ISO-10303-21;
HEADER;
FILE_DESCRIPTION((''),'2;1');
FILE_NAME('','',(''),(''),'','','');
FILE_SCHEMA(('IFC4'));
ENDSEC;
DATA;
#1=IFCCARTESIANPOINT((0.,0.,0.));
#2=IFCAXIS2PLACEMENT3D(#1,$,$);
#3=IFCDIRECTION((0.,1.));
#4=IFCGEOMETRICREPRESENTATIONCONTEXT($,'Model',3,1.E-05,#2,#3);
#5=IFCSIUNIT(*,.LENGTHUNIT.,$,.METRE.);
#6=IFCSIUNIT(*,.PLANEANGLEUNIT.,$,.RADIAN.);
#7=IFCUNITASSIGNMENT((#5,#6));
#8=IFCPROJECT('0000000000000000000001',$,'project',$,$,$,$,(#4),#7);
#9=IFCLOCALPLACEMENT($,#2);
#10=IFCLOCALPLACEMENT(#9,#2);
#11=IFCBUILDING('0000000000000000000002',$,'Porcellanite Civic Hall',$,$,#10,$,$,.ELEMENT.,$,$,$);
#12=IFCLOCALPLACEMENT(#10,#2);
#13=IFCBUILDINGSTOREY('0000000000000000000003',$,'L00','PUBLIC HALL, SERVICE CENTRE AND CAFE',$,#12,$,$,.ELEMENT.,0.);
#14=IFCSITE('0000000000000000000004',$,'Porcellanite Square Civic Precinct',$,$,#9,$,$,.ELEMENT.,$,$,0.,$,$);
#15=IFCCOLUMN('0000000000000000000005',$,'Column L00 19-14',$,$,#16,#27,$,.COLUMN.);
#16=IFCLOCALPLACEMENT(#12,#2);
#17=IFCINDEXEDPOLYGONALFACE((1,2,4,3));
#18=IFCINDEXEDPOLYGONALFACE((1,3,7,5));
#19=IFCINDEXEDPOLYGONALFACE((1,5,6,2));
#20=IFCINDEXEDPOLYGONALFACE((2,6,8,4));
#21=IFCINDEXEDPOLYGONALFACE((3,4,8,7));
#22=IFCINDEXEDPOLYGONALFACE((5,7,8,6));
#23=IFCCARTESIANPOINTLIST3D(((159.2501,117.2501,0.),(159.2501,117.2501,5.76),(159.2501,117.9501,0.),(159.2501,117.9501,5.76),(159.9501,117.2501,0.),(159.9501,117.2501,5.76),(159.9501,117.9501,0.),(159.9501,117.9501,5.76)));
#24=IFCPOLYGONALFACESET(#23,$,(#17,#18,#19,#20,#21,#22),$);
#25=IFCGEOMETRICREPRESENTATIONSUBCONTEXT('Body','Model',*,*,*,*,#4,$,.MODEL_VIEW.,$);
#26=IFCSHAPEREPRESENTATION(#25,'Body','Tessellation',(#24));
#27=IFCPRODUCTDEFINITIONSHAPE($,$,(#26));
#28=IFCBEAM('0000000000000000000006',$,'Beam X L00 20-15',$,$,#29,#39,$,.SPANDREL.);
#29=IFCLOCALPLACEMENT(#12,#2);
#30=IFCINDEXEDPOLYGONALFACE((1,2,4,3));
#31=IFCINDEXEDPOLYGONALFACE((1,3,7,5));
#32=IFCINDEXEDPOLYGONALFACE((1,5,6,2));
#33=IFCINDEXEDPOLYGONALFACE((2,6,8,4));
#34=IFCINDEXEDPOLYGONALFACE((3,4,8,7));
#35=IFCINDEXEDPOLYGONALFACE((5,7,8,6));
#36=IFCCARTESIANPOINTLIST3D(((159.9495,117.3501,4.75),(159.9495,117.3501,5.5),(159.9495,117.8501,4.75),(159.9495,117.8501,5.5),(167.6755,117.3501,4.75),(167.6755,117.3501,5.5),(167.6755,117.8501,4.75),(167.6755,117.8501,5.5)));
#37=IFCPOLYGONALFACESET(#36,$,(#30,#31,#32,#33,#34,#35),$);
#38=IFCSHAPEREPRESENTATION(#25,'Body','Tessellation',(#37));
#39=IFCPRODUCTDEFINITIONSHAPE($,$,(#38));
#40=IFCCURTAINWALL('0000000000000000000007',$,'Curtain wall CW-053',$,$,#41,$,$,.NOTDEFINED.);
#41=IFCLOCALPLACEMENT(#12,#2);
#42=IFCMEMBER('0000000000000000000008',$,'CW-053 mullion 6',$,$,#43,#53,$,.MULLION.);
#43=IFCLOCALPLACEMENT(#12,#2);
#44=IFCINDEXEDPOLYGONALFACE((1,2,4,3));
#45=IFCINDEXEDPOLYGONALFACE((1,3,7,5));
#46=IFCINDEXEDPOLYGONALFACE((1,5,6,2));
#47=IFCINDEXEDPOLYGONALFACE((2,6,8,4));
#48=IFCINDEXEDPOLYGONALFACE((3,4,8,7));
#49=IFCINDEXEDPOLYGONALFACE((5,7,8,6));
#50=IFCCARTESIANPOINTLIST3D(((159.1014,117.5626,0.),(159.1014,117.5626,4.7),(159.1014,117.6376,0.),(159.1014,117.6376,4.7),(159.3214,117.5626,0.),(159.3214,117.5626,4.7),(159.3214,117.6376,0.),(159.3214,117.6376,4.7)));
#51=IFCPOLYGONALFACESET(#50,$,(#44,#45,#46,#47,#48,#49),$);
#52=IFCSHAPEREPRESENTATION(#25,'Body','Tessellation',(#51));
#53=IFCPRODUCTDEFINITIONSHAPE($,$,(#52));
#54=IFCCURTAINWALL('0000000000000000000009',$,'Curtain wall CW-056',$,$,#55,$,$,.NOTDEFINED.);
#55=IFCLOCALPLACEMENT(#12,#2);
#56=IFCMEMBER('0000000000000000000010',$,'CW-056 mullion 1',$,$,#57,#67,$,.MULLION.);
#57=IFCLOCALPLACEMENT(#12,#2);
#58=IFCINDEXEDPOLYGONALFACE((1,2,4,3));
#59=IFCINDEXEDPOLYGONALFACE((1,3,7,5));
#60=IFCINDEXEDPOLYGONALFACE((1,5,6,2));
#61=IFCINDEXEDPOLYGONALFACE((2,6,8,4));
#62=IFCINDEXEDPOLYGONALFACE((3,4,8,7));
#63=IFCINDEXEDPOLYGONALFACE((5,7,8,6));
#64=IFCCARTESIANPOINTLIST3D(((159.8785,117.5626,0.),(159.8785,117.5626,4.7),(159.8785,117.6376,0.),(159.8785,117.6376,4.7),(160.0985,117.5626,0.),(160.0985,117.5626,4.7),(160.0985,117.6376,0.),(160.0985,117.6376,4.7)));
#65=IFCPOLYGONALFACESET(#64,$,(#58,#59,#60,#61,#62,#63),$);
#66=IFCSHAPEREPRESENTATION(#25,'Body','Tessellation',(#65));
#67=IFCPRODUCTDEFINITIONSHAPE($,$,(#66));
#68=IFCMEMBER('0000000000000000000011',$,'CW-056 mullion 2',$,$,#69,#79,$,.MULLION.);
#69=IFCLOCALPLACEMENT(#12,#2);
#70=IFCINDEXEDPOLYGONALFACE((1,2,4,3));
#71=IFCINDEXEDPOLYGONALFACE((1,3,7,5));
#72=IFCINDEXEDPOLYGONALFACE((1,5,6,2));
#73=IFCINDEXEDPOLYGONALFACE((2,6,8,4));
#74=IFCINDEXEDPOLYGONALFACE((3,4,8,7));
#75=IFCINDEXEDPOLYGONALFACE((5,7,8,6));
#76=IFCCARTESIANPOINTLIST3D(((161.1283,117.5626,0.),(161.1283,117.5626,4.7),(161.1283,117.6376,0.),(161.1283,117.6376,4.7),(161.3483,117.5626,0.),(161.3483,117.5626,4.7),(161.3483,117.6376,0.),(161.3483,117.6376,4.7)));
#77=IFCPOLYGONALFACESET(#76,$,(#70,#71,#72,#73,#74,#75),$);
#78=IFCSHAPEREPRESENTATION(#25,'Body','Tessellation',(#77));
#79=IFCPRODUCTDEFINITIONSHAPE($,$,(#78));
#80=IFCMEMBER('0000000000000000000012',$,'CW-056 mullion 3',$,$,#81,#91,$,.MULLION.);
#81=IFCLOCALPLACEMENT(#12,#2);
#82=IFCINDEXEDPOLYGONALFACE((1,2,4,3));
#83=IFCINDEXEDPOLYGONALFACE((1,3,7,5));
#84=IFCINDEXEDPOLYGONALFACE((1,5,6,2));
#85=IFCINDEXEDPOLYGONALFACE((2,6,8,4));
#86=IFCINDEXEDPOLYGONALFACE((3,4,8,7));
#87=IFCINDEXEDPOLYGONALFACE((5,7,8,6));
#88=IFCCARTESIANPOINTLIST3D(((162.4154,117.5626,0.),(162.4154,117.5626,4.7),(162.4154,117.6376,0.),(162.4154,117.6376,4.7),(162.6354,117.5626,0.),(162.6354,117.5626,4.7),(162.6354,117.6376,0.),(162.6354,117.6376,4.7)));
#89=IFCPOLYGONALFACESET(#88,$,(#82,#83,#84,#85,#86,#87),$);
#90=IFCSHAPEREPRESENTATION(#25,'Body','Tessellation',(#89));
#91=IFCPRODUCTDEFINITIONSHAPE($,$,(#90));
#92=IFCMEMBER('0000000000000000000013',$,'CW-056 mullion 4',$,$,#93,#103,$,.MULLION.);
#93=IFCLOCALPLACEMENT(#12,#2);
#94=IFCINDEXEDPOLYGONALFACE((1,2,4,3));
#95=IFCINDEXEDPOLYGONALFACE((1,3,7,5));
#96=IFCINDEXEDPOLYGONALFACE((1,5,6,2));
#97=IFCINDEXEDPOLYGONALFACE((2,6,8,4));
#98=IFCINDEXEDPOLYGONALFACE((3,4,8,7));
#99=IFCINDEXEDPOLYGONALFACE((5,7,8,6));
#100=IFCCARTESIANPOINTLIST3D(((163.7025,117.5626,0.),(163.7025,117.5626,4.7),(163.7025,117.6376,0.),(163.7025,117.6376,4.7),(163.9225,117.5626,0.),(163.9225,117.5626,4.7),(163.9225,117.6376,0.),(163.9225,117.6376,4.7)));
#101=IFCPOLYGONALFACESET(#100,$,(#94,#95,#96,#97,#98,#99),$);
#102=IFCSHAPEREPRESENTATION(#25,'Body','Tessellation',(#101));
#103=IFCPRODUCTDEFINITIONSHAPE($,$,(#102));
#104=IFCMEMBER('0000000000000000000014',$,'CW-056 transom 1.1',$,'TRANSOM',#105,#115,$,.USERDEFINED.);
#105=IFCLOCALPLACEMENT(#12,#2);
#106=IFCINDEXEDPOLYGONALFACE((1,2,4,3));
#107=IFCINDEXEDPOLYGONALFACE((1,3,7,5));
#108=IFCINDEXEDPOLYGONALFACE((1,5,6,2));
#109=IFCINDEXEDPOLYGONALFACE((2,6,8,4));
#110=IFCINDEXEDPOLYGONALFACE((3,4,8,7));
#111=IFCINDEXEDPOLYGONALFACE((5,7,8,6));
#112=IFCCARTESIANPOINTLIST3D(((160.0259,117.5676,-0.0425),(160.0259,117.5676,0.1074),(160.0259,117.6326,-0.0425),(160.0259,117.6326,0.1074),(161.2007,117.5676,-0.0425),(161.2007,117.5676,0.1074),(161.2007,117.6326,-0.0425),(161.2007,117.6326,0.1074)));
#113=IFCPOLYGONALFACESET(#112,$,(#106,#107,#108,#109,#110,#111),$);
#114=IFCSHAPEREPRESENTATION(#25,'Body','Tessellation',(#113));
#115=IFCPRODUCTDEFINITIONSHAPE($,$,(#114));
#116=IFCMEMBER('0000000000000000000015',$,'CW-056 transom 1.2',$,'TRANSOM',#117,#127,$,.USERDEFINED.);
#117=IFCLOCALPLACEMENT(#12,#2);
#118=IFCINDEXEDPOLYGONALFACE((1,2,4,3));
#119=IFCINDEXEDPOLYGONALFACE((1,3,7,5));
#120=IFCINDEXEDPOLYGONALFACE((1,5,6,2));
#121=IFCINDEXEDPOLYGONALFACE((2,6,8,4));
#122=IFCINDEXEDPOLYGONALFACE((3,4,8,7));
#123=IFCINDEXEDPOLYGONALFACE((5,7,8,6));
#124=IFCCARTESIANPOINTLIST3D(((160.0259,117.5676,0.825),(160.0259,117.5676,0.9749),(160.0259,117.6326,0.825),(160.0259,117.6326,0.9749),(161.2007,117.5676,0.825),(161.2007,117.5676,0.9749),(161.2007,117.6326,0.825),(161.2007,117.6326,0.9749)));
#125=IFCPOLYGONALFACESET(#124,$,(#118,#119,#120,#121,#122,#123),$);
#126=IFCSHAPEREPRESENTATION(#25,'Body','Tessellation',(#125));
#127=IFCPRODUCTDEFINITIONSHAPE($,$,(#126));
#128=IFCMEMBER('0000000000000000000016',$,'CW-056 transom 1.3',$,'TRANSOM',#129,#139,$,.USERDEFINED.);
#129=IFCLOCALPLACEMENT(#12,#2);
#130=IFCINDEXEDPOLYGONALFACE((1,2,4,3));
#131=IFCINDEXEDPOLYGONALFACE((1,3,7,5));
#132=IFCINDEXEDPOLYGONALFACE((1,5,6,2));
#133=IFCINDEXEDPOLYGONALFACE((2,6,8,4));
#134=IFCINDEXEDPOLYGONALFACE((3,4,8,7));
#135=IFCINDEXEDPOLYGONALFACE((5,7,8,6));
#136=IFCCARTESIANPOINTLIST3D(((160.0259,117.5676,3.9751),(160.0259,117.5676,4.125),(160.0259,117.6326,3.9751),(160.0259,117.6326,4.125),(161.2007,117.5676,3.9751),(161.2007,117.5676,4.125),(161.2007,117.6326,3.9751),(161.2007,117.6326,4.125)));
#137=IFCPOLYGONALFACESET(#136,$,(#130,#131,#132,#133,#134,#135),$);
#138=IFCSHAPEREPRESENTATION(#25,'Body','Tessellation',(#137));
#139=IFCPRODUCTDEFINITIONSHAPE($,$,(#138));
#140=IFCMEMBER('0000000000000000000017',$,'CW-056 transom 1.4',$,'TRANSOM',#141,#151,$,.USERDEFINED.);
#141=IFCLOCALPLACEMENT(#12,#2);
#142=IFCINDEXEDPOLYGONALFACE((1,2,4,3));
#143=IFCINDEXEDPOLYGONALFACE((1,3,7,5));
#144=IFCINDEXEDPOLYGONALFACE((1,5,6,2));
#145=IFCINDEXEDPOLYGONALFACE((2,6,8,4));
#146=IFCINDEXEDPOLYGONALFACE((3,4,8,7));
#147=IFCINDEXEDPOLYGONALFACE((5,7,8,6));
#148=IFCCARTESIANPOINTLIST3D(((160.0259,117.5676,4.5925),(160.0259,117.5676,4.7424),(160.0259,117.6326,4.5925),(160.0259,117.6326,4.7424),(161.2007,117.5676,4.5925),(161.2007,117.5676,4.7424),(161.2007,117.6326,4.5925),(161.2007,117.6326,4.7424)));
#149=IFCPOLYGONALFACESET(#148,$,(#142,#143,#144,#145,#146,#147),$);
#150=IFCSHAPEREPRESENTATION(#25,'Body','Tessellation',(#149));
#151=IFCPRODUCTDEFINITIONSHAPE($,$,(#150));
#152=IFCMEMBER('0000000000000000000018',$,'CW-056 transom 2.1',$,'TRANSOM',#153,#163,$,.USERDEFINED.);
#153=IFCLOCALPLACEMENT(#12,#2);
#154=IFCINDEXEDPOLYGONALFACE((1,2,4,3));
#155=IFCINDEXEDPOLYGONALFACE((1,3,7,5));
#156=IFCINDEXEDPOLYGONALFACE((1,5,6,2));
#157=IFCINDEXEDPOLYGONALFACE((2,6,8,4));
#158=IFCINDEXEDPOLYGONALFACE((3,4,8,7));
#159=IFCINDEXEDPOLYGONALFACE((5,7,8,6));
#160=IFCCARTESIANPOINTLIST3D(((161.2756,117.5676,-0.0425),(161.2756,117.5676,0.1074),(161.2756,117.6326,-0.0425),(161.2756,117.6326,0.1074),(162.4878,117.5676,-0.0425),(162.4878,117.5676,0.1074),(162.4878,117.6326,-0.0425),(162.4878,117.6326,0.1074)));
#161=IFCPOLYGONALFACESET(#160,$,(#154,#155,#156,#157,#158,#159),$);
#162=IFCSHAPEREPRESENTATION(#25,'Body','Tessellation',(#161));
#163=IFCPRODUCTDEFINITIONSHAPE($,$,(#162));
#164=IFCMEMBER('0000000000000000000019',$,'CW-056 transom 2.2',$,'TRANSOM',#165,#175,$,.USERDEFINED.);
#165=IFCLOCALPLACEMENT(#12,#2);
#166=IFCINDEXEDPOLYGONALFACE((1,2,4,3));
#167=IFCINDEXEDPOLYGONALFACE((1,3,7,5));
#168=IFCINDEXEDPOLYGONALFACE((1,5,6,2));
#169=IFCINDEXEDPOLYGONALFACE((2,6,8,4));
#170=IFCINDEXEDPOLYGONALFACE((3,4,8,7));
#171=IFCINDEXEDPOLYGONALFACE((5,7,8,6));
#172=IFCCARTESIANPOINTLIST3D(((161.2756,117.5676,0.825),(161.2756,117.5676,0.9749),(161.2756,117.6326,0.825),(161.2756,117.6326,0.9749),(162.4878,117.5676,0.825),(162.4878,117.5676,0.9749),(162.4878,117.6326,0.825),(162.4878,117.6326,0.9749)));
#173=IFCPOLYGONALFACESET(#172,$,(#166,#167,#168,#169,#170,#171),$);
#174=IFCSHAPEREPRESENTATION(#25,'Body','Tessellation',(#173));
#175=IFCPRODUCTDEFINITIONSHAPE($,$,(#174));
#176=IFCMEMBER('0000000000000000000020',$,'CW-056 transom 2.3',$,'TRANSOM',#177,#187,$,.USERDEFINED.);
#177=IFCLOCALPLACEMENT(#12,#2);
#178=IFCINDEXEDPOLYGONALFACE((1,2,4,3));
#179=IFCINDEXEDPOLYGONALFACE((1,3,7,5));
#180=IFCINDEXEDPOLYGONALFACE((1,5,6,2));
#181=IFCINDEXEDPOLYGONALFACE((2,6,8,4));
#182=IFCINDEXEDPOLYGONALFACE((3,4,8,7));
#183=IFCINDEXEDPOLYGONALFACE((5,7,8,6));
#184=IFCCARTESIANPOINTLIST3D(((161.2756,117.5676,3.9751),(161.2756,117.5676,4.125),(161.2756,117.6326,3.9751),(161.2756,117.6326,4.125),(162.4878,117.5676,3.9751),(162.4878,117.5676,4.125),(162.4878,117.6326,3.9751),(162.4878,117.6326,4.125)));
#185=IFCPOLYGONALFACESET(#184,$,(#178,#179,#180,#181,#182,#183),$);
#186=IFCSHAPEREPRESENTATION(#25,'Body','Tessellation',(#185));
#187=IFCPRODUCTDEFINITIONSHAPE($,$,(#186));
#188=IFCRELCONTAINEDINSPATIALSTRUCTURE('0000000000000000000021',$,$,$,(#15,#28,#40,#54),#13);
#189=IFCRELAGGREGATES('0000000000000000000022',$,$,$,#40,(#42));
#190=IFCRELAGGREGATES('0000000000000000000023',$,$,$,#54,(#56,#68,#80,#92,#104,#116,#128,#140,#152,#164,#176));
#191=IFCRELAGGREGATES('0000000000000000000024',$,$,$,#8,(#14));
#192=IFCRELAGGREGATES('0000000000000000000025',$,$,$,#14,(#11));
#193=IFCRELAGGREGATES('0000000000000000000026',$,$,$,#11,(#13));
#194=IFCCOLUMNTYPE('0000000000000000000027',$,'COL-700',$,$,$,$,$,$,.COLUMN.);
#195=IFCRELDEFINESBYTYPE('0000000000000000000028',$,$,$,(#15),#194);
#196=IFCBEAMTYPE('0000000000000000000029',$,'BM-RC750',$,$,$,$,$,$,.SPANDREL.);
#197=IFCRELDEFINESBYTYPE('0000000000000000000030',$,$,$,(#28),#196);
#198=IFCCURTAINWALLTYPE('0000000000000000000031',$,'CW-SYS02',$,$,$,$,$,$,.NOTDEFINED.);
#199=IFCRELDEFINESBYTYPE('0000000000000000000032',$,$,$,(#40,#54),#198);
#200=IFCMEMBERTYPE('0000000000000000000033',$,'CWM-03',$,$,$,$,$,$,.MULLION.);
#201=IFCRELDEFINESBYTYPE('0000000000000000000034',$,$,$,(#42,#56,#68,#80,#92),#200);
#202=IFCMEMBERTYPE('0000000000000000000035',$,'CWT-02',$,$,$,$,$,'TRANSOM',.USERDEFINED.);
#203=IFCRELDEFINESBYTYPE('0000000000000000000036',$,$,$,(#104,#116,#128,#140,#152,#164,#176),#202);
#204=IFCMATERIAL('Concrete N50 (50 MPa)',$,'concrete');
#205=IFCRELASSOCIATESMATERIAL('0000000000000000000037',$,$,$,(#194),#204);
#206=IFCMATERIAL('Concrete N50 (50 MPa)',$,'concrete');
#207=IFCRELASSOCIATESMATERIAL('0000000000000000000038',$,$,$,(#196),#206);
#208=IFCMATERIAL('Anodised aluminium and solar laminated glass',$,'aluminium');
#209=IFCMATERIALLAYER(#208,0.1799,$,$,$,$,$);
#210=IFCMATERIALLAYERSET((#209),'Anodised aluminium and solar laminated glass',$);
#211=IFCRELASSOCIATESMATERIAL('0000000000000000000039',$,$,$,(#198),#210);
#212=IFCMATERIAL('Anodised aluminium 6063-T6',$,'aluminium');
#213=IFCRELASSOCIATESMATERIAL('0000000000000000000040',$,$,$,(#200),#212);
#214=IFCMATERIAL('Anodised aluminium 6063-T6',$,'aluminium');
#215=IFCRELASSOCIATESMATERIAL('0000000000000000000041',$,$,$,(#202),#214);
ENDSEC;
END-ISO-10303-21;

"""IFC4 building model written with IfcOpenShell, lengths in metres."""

from ifc_helpers import new_model, si_unit, direction, frame, origin, origin_2d, place, context, subcontext, project, spatial, rectangle, extrude, material, layer, layer_set, material_profile, profile_set, type_object, element, aggregate, save


model = new_model("IFC4")

# Units and contexts
model_context = context("Model", 3, precision=1e-05, world=origin(), true_north=direction((0.0, 1.0)))
body_context = subcontext(model_context, "Body", "Model", "MODEL_VIEW")
ifc_project = project(units=[si_unit("LENGTHUNIT", "METRE"), si_unit("PLANEANGLEUNIT", "RADIAN")], contexts=[model_context])

# Site, building, storey
site_placement = place(None, origin())
site = spatial("IfcSite", under=ifc_project, at=site_placement, Name="Porcellanite Square Civic Precinct", CompositionType="ELEMENT", RefElevation=0.0)
building_placement = place(site_placement, origin())
building = spatial("IfcBuilding", under=site, at=building_placement, Name="Porcellanite Civic Hall", CompositionType="ELEMENT")
storey_placement = place(building_placement, origin())
storey = spatial("IfcBuildingStorey", under=building, at=storey_placement, Name="L00", Description="PUBLIC HALL, SERVICE CENTRE AND CAFE", CompositionType="ELEMENT", Elevation=0.0)

# Column
ifc_material_1 = material(Name="Concrete N50 (50 MPa)", Category="concrete")
ifc_material_profile_1 = material_profile(ifc_material_1, rectangle(XDim=0.7, YDim=0.7, at=origin_2d()), Name="RC-700x700")
ifc_profile_set_1 = profile_set([ifc_material_profile_1], Name="Concrete N50 (50 MPa)")
column_type = type_object("IfcColumnType", Name="COL-700", PredefinedType="COLUMN", material=ifc_profile_set_1)
column_placement = place(storey_placement, frame((159.6001, 117.6001, 0.0), z_axis=(0.0, 0.0, 1.0), x_axis=(1.0, 0.0, 0.0)))
element("IfcColumn", 1, at=column_placement, inside=storey, type_object=column_type, Name="Column L00 19-14", PredefinedType="COLUMN", context=body_context, shape_type="SweptSolid", body=[
    extrude(rectangle(XDim=0.7, YDim=0.7, at=origin_2d()), origin(), (0.0, 0.0, 1.0), 5.76),
])

# Beam
ifc_material_2 = material(Name="Concrete N50 (50 MPa)", Category="concrete")
ifc_material_profile_2 = material_profile(ifc_material_2, rectangle(XDim=0.5, YDim=0.75, at=origin_2d()), Name="RC-500x750")
ifc_profile_set_2 = profile_set([ifc_material_profile_2], Name="Concrete N50 (50 MPa)")
beam_type = type_object("IfcBeamType", Name="BM-RC750", PredefinedType="SPANDREL", material=ifc_profile_set_2)
beam_placement = place(storey_placement, frame((159.9495, 117.6001, 5.125), z_axis=(1.0, 0.0, 0.0), x_axis=(0.0, 1.0, 0.0)))
element("IfcBeam", 2, at=beam_placement, inside=storey, type_object=beam_type, Name="Beam X L00 20-15", PredefinedType="SPANDREL", context=body_context, shape_type="SweptSolid", body=[
    extrude(rectangle(XDim=0.5, YDim=0.75, at=origin_2d()), origin(), (0.0, 0.0, 1.0), 7.7261),
])

# Curtain wall, member
ifc_material_3 = material(Name="Anodised aluminium and solar laminated glass", Category="aluminium")
ifc_layer_1 = layer(ifc_material_3, 0.1799)
ifc_layer_set_1 = layer_set([ifc_layer_1], Name="Anodised aluminium and solar laminated glass")
curtain_wall_type = type_object("IfcCurtainWallType", Name="CW-SYS02", PredefinedType="NOTDEFINED", material=ifc_layer_set_1)
curtain_wall_1_placement = place(storey_placement, origin())
curtain_wall_1 = element("IfcCurtainWall", 3, at=curtain_wall_1_placement, inside=storey, type_object=curtain_wall_type, Name="Curtain wall CW-053", PredefinedType="NOTDEFINED")
ifc_material_4 = material(Name="Anodised aluminium 6063-T6", Category="aluminium")
ifc_material_profile_3 = material_profile(ifc_material_4, rectangle(XDim=0.075, YDim=0.22, at=origin_2d()), Name="AL-75x220")
ifc_profile_set_3 = profile_set([ifc_material_profile_3], Name="Anodised aluminium 6063-T6")
member_type_1 = type_object("IfcMemberType", Name="CWM-03", PredefinedType="MULLION", material=ifc_profile_set_3)
member_1_placement = place(storey_placement, frame((159.2114, 117.6001, 0.0), z_axis=(0.0, 0.0, 1.0), x_axis=(0.0, 1.0, 0.0)))
member_1 = element("IfcMember", 4, at=member_1_placement, type_object=member_type_1, Name="CW-053 mullion 6", PredefinedType="MULLION", context=body_context, shape_type="SweptSolid", body=[
    extrude(rectangle(XDim=0.075, YDim=0.22, at=origin_2d()), origin(), (0.0, 0.0, 1.0), 4.7),
])

# Curtain wall, members
curtain_wall_2_placement = place(storey_placement, origin())
curtain_wall_2 = element("IfcCurtainWall", 5, at=curtain_wall_2_placement, inside=storey, type_object=curtain_wall_type, Name="Curtain wall CW-056", PredefinedType="NOTDEFINED")
member_2_placement = place(storey_placement, frame((159.9885, 117.6001, 0.0), z_axis=(0.0, 0.0, 1.0), x_axis=(0.0, 1.0, 0.0)))
member_2 = element("IfcMember", 6, at=member_2_placement, type_object=member_type_1, Name="CW-056 mullion 1", PredefinedType="MULLION", context=body_context, shape_type="SweptSolid", body=[
    extrude(rectangle(XDim=0.075, YDim=0.22, at=origin_2d()), origin(), (0.0, 0.0, 1.0), 4.7),
])
member_3_placement = place(storey_placement, frame((161.2383, 117.6001, 0.0), z_axis=(0.0, 0.0, 1.0), x_axis=(0.0, 1.0, 0.0)))
member_3 = element("IfcMember", 7, at=member_3_placement, type_object=member_type_1, Name="CW-056 mullion 2", PredefinedType="MULLION", context=body_context, shape_type="SweptSolid", body=[
    extrude(rectangle(XDim=0.075, YDim=0.22, at=origin_2d()), origin(), (0.0, 0.0, 1.0), 4.7),
])
member_4_placement = place(storey_placement, frame((162.5254, 117.6001, 0.0), z_axis=(0.0, 0.0, 1.0), x_axis=(0.0, 1.0, 0.0)))
member_4 = element("IfcMember", 8, at=member_4_placement, type_object=member_type_1, Name="CW-056 mullion 3", PredefinedType="MULLION", context=body_context, shape_type="SweptSolid", body=[
    extrude(rectangle(XDim=0.075, YDim=0.22, at=origin_2d()), origin(), (0.0, 0.0, 1.0), 4.7),
])
member_5_placement = place(storey_placement, frame((163.8125, 117.6001, 0.0), z_axis=(0.0, 0.0, 1.0), x_axis=(0.0, 1.0, 0.0)))
member_5 = element("IfcMember", 9, at=member_5_placement, type_object=member_type_1, Name="CW-056 mullion 4", PredefinedType="MULLION", context=body_context, shape_type="SweptSolid", body=[
    extrude(rectangle(XDim=0.075, YDim=0.22, at=origin_2d()), origin(), (0.0, 0.0, 1.0), 4.7),
])
ifc_material_5 = material(Name="Anodised aluminium 6063-T6", Category="aluminium")
ifc_material_profile_4 = material_profile(ifc_material_5, rectangle(XDim=0.0649, YDim=0.1499, at=origin_2d()), Name="AL-65x150")
ifc_profile_set_4 = profile_set([ifc_material_profile_4], Name="Anodised aluminium 6063-T6")
member_type_2 = type_object("IfcMemberType", Name="CWT-02", ElementType="TRANSOM", PredefinedType="USERDEFINED", material=ifc_profile_set_4)
member_6_placement = place(storey_placement, frame((160.0259, 117.6001, 0.0325), z_axis=(1.0, 0.0, 0.0), x_axis=(0.0, 1.0, 0.0)))
member_6 = element("IfcMember", 10, at=member_6_placement, type_object=member_type_2, Name="CW-056 transom 1.1", ObjectType="TRANSOM", PredefinedType="USERDEFINED", context=body_context, shape_type="SweptSolid", body=[
    extrude(rectangle(XDim=0.0649, YDim=0.1499, at=origin_2d()), origin(), (0.0, 0.0, 1.0), 1.1748),
])
member_7_placement = place(storey_placement, frame((160.0259, 117.6001, 0.8999), z_axis=(1.0, 0.0, 0.0), x_axis=(0.0, 1.0, 0.0)))
member_7 = element("IfcMember", 11, at=member_7_placement, type_object=member_type_2, Name="CW-056 transom 1.2", ObjectType="TRANSOM", PredefinedType="USERDEFINED", context=body_context, shape_type="SweptSolid", body=[
    extrude(rectangle(XDim=0.0649, YDim=0.1499, at=origin_2d()), origin(), (0.0, 0.0, 1.0), 1.1748),
])
member_8_placement = place(storey_placement, frame((160.0259, 117.6001, 4.05), z_axis=(1.0, 0.0, 0.0), x_axis=(0.0, 1.0, 0.0)))
member_8 = element("IfcMember", 12, at=member_8_placement, type_object=member_type_2, Name="CW-056 transom 1.3", ObjectType="TRANSOM", PredefinedType="USERDEFINED", context=body_context, shape_type="SweptSolid", body=[
    extrude(rectangle(XDim=0.0649, YDim=0.1499, at=origin_2d()), origin(), (0.0, 0.0, 1.0), 1.1748),
])
member_9_placement = place(storey_placement, frame((160.0259, 117.6001, 4.6675), z_axis=(1.0, 0.0, 0.0), x_axis=(0.0, 1.0, 0.0)))
member_9 = element("IfcMember", 13, at=member_9_placement, type_object=member_type_2, Name="CW-056 transom 1.4", ObjectType="TRANSOM", PredefinedType="USERDEFINED", context=body_context, shape_type="SweptSolid", body=[
    extrude(rectangle(XDim=0.0649, YDim=0.1499, at=origin_2d()), origin(), (0.0, 0.0, 1.0), 1.1748),
])
member_10_placement = place(storey_placement, frame((161.2756, 117.6001, 0.0325), z_axis=(1.0, 0.0, 0.0), x_axis=(0.0, 1.0, 0.0)))
member_10 = element("IfcMember", 14, at=member_10_placement, type_object=member_type_2, Name="CW-056 transom 2.1", ObjectType="TRANSOM", PredefinedType="USERDEFINED", context=body_context, shape_type="SweptSolid", body=[
    extrude(rectangle(XDim=0.0649, YDim=0.1499, at=origin_2d()), origin(), (0.0, 0.0, 1.0), 1.2122),
])
member_11_placement = place(storey_placement, frame((161.2756, 117.6001, 0.8999), z_axis=(1.0, 0.0, 0.0), x_axis=(0.0, 1.0, 0.0)))
member_11 = element("IfcMember", 15, at=member_11_placement, type_object=member_type_2, Name="CW-056 transom 2.2", ObjectType="TRANSOM", PredefinedType="USERDEFINED", context=body_context, shape_type="SweptSolid", body=[
    extrude(rectangle(XDim=0.0649, YDim=0.1499, at=origin_2d()), origin(), (0.0, 0.0, 1.0), 1.2122),
])
member_12_placement = place(storey_placement, frame((161.2756, 117.6001, 4.05), z_axis=(1.0, 0.0, 0.0), x_axis=(0.0, 1.0, 0.0)))
member_12 = element("IfcMember", 16, at=member_12_placement, type_object=member_type_2, Name="CW-056 transom 2.3", ObjectType="TRANSOM", PredefinedType="USERDEFINED", context=body_context, shape_type="SweptSolid", body=[
    extrude(rectangle(XDim=0.0649, YDim=0.1499, at=origin_2d()), origin(), (0.0, 0.0, 1.0), 1.2122),
])

aggregate(curtain_wall_1, [member_1])
aggregate(curtain_wall_2, [member_2, member_3, member_4, member_5, member_6, member_7, member_8, member_9, member_10, member_11, member_12])

save(model, "model.ifc")
